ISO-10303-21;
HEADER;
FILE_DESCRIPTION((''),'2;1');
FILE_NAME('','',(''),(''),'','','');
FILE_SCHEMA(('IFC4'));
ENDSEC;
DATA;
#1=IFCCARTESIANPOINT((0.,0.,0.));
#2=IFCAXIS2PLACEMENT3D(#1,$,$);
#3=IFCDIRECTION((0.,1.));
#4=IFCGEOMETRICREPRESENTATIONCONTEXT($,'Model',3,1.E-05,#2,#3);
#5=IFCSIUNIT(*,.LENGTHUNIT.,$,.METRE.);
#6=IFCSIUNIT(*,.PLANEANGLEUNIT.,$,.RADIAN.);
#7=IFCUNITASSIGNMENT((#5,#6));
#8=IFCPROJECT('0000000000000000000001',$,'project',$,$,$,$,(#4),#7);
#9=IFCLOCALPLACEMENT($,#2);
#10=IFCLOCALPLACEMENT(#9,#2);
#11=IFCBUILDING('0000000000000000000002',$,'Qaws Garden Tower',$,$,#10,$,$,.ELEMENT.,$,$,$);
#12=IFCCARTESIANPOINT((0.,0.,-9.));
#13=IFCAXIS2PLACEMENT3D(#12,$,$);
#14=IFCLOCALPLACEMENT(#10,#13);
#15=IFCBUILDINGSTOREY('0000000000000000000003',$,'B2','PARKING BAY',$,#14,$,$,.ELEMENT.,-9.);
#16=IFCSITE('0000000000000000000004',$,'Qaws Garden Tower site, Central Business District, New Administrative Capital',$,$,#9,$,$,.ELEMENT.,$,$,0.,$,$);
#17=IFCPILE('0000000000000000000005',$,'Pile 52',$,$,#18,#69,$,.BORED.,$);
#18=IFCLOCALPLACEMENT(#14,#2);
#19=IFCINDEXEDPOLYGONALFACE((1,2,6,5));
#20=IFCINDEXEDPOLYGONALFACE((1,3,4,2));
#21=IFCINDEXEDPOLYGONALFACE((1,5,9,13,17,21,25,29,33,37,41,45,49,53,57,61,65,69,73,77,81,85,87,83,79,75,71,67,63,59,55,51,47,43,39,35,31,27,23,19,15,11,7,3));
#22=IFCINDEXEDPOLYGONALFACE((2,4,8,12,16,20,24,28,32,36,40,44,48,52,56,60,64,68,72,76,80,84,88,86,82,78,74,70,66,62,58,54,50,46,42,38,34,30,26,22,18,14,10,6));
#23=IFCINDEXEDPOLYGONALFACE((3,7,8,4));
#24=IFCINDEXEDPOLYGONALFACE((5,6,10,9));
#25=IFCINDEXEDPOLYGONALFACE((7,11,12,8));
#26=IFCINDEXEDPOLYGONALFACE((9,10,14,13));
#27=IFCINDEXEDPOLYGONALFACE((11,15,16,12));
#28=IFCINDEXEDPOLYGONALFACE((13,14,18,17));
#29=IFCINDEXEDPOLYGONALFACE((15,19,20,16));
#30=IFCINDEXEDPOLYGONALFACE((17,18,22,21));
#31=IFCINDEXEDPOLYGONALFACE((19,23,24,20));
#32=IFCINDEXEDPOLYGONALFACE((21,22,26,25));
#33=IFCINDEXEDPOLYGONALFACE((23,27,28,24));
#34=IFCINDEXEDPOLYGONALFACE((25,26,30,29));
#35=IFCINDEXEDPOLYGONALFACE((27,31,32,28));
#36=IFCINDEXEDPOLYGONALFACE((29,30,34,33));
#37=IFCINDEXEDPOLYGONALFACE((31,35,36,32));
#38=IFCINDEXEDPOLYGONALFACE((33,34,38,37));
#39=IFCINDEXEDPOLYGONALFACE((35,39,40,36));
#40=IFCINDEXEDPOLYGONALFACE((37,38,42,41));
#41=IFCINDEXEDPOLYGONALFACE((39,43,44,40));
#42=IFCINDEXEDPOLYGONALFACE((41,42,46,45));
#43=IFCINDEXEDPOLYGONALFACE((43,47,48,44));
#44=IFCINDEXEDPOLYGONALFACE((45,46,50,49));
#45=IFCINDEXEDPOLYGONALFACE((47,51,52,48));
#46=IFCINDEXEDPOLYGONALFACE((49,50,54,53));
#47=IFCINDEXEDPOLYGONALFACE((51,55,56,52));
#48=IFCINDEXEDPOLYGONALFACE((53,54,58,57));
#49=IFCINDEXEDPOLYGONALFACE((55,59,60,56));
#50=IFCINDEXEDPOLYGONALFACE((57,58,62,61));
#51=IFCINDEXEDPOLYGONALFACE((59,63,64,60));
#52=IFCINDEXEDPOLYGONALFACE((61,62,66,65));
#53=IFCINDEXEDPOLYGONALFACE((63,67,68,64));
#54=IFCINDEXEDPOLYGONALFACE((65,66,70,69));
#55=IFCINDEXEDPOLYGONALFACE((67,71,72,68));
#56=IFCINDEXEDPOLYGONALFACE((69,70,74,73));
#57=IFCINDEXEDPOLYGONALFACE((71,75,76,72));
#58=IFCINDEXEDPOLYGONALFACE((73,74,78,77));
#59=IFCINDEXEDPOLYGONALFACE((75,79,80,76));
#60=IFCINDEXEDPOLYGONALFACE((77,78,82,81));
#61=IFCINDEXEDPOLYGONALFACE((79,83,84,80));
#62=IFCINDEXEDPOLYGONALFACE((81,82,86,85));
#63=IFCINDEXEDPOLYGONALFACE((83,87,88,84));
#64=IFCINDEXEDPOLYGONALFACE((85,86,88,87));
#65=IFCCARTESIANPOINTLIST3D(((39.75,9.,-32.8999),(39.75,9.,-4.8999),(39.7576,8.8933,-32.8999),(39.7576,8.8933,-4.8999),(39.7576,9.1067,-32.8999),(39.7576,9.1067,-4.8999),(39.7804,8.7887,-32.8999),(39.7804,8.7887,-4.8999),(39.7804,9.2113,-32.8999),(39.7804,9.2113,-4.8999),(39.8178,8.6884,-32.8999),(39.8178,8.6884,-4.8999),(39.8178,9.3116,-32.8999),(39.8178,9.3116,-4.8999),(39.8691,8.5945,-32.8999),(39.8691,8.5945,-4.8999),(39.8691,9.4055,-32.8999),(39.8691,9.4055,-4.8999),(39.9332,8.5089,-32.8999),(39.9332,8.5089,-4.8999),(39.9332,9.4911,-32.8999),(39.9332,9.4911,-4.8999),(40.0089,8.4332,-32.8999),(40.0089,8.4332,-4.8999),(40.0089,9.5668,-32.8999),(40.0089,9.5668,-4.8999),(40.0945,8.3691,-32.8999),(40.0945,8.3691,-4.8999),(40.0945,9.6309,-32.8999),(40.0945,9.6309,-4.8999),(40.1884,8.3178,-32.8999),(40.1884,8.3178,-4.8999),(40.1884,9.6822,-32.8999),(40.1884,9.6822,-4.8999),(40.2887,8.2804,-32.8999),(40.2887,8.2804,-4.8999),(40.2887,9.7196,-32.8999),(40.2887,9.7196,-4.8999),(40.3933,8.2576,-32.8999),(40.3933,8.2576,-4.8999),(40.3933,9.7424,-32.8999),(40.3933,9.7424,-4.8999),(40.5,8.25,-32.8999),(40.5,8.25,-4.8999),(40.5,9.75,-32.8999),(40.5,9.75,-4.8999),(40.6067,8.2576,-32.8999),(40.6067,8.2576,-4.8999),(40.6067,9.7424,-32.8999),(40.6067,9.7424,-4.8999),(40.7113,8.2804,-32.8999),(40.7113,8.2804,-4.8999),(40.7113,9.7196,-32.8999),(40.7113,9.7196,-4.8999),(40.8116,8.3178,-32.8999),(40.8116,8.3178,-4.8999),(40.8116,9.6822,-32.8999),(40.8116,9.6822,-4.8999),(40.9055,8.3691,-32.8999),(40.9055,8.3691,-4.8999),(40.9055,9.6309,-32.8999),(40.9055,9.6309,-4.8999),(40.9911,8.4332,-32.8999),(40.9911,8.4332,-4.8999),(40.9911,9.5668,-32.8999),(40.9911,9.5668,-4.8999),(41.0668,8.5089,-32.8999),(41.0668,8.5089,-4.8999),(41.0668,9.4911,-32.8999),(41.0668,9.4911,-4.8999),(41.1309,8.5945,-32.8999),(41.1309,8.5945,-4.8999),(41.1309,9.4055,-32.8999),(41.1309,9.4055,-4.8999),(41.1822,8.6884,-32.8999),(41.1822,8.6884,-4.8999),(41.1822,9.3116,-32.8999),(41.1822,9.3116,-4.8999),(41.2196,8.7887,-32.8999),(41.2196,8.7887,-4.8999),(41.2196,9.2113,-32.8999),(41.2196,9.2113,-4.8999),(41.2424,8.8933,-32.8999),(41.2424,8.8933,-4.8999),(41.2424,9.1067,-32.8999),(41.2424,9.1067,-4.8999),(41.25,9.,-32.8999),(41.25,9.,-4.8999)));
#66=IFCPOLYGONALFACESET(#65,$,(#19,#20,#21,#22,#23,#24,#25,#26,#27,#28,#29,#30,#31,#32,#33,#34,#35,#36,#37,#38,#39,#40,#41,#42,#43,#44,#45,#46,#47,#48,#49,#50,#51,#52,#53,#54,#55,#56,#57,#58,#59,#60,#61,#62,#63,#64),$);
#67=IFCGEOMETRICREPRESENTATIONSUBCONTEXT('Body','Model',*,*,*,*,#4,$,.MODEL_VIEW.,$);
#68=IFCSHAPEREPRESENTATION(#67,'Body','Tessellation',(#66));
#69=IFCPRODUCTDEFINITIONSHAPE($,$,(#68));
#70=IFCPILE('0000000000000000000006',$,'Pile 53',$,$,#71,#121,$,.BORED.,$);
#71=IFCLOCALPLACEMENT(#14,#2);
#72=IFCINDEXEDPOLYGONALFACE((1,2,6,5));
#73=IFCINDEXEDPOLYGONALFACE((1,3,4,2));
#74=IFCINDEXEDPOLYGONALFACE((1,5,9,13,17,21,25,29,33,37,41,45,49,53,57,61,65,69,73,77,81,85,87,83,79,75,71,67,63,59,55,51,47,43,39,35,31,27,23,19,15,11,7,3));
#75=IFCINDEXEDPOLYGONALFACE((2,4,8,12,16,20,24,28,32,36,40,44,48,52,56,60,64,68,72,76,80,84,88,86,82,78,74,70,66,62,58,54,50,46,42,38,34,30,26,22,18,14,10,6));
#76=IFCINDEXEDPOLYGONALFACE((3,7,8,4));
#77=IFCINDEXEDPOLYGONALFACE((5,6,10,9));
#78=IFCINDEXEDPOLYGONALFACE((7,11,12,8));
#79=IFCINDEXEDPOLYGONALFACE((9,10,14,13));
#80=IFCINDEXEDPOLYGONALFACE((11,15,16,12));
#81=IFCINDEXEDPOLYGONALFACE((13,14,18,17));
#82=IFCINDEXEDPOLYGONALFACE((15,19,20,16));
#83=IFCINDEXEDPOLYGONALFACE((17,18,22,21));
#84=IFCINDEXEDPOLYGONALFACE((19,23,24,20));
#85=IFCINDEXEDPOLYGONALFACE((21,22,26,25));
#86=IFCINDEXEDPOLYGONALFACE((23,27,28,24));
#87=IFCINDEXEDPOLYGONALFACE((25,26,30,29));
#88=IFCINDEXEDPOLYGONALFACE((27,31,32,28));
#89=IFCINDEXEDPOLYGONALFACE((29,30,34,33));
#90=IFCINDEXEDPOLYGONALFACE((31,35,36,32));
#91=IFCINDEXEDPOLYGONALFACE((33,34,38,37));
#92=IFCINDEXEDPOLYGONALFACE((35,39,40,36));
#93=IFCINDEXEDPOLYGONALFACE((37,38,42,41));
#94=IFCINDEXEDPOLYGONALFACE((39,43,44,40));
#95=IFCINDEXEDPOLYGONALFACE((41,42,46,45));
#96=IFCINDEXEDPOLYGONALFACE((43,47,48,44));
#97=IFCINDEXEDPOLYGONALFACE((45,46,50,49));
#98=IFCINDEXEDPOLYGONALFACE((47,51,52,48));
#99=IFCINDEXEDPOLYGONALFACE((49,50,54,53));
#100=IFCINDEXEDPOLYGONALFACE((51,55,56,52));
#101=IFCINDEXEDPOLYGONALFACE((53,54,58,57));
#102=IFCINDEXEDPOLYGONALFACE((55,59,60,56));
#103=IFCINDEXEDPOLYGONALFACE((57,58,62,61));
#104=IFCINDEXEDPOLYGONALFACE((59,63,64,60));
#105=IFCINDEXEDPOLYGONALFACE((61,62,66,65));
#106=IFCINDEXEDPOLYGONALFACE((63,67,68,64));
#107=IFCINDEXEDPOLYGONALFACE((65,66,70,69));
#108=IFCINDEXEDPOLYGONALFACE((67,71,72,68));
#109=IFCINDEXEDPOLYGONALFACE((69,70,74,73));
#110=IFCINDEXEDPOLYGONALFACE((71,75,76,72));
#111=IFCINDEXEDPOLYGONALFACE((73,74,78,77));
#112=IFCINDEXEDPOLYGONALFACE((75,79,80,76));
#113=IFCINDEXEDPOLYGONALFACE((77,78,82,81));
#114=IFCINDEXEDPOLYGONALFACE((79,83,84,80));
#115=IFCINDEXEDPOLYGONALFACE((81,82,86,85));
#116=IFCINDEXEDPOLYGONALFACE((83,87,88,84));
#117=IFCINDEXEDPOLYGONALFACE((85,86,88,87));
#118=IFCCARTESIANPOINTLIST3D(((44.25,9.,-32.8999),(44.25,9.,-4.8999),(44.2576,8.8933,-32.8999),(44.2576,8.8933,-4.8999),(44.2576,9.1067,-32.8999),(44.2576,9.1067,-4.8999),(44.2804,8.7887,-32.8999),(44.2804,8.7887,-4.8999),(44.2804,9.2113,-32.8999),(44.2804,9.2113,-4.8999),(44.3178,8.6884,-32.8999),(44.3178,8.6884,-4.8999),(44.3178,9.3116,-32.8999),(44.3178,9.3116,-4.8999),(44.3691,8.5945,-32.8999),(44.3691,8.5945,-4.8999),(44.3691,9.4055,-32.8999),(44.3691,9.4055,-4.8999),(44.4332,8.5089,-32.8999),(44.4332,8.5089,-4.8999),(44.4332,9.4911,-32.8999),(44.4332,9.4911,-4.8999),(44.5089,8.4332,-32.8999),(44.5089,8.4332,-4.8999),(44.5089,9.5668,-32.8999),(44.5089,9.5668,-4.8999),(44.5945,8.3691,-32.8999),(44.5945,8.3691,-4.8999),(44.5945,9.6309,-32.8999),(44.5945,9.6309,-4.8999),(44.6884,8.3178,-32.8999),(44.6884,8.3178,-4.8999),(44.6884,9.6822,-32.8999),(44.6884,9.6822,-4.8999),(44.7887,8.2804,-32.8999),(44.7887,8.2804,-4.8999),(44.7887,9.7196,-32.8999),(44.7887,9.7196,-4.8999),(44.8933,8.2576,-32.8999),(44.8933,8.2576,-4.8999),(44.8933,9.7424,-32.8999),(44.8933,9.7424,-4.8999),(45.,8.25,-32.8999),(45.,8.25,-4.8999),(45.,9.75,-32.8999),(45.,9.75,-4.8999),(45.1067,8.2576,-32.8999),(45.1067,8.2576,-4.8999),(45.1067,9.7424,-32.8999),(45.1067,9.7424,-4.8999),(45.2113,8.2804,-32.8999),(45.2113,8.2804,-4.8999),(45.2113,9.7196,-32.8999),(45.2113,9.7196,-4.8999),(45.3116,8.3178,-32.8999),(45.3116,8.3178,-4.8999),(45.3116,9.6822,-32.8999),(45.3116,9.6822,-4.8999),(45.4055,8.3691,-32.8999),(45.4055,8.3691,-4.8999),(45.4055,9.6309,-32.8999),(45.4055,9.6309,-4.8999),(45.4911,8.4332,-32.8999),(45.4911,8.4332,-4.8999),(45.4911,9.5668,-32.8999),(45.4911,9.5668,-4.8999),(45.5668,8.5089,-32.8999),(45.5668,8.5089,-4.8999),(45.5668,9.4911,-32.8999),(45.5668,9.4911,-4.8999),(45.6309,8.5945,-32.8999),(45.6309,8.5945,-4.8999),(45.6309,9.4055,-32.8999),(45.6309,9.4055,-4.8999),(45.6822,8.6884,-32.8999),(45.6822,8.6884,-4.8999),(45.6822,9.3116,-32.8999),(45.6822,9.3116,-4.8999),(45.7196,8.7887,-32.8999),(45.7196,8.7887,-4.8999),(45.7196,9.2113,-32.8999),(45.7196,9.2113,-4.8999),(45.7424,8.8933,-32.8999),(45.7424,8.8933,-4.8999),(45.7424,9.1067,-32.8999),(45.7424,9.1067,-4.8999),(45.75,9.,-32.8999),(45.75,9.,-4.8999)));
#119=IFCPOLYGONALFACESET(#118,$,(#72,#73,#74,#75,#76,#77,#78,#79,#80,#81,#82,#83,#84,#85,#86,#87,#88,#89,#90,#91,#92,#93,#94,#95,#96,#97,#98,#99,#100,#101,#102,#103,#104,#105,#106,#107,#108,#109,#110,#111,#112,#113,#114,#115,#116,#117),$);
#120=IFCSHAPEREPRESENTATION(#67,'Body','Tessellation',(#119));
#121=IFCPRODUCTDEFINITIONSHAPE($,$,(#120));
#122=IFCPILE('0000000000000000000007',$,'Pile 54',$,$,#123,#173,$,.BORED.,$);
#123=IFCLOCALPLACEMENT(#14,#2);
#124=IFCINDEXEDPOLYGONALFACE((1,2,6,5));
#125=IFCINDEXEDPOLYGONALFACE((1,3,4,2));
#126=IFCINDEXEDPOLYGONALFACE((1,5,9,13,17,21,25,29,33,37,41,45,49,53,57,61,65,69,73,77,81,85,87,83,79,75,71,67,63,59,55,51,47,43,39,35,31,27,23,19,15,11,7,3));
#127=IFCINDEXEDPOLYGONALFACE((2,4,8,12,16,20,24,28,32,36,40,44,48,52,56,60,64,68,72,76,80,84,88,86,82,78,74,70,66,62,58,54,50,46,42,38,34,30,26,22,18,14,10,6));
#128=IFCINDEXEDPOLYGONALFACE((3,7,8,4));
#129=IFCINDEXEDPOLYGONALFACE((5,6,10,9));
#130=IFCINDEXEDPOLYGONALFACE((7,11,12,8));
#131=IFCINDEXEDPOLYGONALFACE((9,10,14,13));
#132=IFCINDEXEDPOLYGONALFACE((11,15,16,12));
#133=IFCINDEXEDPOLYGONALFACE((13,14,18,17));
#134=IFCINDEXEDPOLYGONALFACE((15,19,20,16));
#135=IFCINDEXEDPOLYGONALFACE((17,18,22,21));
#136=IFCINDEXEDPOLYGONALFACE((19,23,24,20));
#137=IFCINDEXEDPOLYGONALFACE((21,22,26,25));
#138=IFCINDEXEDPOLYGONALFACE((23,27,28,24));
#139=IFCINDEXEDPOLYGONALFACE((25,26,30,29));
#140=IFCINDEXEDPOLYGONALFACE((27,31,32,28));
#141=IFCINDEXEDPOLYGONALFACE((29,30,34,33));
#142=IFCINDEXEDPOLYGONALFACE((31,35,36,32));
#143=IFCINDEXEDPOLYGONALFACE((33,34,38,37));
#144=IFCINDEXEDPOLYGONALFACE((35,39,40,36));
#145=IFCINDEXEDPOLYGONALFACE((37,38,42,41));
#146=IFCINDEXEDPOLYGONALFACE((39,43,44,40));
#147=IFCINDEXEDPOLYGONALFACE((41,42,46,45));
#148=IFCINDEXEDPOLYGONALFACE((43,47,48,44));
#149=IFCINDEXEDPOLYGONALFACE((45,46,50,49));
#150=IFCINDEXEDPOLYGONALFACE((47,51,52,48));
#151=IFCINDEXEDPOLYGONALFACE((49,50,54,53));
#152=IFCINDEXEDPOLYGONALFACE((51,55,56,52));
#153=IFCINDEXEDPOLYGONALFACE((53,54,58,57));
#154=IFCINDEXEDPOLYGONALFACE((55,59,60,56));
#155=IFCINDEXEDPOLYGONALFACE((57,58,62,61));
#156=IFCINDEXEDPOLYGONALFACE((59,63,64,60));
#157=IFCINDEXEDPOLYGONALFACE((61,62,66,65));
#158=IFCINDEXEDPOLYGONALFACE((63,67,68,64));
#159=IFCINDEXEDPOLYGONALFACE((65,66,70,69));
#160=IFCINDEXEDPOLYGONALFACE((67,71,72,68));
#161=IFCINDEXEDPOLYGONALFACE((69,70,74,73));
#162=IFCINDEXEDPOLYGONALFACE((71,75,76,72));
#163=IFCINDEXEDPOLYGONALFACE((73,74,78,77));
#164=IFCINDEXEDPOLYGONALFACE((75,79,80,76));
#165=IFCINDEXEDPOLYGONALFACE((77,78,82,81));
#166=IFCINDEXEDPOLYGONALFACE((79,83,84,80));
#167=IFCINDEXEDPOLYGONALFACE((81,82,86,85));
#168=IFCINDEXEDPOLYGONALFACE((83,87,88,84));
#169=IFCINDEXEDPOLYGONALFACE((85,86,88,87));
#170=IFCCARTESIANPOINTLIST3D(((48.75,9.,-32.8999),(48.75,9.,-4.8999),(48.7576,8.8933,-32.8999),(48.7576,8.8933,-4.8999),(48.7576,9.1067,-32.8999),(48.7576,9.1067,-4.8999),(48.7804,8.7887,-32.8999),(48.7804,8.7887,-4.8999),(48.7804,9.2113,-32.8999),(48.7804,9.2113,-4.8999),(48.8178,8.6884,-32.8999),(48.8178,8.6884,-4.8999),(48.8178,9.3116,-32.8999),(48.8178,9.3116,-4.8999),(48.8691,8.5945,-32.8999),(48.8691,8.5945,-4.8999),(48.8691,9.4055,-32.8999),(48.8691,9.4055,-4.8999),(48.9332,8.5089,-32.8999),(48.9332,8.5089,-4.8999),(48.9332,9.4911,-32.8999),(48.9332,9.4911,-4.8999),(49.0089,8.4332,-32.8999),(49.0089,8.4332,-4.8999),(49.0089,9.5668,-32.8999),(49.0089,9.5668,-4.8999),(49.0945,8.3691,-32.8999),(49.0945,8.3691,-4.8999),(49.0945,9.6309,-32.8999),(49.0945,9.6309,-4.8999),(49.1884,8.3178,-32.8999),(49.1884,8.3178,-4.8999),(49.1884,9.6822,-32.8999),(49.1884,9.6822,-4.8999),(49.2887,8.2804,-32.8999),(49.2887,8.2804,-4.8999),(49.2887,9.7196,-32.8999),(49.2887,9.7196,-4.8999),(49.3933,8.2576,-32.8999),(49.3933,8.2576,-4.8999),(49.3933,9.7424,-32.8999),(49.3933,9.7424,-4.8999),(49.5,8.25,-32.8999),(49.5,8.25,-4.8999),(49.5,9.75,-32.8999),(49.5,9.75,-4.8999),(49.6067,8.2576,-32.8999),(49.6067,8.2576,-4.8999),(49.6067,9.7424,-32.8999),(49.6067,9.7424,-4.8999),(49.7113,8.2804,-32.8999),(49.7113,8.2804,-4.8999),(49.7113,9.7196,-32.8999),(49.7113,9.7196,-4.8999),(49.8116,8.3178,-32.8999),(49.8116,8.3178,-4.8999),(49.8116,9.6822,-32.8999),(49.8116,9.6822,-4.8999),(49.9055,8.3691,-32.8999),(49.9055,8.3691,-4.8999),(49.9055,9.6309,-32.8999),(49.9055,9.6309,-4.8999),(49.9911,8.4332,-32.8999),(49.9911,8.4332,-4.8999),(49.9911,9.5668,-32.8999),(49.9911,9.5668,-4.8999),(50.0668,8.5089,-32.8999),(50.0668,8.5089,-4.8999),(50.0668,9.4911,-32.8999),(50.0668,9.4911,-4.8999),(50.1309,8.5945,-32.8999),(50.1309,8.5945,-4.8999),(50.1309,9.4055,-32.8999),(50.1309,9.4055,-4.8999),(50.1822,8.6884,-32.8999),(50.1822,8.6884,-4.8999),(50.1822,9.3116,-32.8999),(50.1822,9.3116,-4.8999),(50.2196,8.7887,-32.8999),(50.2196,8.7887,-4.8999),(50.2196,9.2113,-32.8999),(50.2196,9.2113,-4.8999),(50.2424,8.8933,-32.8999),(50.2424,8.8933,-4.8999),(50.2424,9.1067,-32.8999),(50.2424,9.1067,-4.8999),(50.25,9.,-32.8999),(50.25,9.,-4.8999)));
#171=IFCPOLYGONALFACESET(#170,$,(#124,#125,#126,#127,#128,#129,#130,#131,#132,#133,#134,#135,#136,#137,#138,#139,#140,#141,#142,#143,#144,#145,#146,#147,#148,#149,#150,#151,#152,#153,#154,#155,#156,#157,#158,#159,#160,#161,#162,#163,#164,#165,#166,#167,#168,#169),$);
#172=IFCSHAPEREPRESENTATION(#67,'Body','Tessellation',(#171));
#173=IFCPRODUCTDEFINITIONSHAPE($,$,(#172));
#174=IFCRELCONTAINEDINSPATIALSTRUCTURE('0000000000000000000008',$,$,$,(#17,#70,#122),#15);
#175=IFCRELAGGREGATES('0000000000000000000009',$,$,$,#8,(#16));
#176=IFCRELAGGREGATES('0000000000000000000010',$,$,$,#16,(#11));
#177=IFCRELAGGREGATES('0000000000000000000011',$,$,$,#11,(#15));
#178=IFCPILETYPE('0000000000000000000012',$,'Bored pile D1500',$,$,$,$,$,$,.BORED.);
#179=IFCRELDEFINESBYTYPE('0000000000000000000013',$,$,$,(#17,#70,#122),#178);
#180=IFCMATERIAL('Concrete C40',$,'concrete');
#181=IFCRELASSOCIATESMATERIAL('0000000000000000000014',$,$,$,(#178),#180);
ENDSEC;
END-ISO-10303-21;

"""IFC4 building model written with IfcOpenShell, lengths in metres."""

from ifc_helpers import new_model, si_unit, direction, frame, origin, origin_2d, place, context, subcontext, project, spatial, circle, extrude, material, material_profile, profile_set, type_object, element, save


model = new_model("IFC4")

# Units and contexts
model_context = context("Model", 3, precision=1e-05, world=origin(), true_north=direction((0.0, 1.0)))
body_context = subcontext(model_context, "Body", "Model", "MODEL_VIEW")
ifc_project = project(units=[si_unit("LENGTHUNIT", "METRE"), si_unit("PLANEANGLEUNIT", "RADIAN")], contexts=[model_context])

# Site, building, storey
site_placement = place(None, origin())
site = spatial("IfcSite", under=ifc_project, at=site_placement, Name="Qaws Garden Tower site, Central Business District, New Administrative Capital", CompositionType="ELEMENT", RefElevation=0.0)
building_placement = place(site_placement, origin())
building = spatial("IfcBuilding", under=site, at=building_placement, Name="Qaws Garden Tower", CompositionType="ELEMENT")
storey_placement = place(building_placement, frame((0.0, 0.0, -9.0)))
storey = spatial("IfcBuildingStorey", under=building, at=storey_placement, Name="B2", Description="PARKING BAY", CompositionType="ELEMENT", Elevation=-9.0)

# Piles
ifc_material_1 = material(Name="Concrete C40", Category="concrete")
ifc_material_profile_1 = material_profile(ifc_material_1, circle(Radius=0.75, at=origin_2d()), Name="Bored pile D1500")
ifc_profile_set_1 = profile_set([ifc_material_profile_1], Name="Concrete C40")
pile_type = type_object("IfcPileType", Name="Bored pile D1500", PredefinedType="BORED", material=ifc_profile_set_1)
for number, where, z_axis, x_axis, name in (
    (1, (40.5, 9.0, -4.8999), (0.0, 0.0, -1.0), (1.0, 0.0, 0.0), "Pile 52"),
    (2, (45.0, 9.0, -4.8999), (0.0, 0.0, -1.0), (1.0, 0.0, 0.0), "Pile 53"),
    (3, (49.5, 9.0, -4.8999), (0.0, 0.0, -1.0), (1.0, 0.0, 0.0), "Pile 54"),
):
    element("IfcPile", number, at=place(storey_placement, frame(where, z_axis=z_axis, x_axis=x_axis)), inside=storey, type_object=pile_type, Name=name, PredefinedType="BORED", context=body_context, shape_type="SweptSolid", body=[
        extrude(circle(Radius=0.75, at=origin_2d()), origin(), (0.0, 0.0, 1.0), 28.0),
    ])

save(model, "model.ifc")
